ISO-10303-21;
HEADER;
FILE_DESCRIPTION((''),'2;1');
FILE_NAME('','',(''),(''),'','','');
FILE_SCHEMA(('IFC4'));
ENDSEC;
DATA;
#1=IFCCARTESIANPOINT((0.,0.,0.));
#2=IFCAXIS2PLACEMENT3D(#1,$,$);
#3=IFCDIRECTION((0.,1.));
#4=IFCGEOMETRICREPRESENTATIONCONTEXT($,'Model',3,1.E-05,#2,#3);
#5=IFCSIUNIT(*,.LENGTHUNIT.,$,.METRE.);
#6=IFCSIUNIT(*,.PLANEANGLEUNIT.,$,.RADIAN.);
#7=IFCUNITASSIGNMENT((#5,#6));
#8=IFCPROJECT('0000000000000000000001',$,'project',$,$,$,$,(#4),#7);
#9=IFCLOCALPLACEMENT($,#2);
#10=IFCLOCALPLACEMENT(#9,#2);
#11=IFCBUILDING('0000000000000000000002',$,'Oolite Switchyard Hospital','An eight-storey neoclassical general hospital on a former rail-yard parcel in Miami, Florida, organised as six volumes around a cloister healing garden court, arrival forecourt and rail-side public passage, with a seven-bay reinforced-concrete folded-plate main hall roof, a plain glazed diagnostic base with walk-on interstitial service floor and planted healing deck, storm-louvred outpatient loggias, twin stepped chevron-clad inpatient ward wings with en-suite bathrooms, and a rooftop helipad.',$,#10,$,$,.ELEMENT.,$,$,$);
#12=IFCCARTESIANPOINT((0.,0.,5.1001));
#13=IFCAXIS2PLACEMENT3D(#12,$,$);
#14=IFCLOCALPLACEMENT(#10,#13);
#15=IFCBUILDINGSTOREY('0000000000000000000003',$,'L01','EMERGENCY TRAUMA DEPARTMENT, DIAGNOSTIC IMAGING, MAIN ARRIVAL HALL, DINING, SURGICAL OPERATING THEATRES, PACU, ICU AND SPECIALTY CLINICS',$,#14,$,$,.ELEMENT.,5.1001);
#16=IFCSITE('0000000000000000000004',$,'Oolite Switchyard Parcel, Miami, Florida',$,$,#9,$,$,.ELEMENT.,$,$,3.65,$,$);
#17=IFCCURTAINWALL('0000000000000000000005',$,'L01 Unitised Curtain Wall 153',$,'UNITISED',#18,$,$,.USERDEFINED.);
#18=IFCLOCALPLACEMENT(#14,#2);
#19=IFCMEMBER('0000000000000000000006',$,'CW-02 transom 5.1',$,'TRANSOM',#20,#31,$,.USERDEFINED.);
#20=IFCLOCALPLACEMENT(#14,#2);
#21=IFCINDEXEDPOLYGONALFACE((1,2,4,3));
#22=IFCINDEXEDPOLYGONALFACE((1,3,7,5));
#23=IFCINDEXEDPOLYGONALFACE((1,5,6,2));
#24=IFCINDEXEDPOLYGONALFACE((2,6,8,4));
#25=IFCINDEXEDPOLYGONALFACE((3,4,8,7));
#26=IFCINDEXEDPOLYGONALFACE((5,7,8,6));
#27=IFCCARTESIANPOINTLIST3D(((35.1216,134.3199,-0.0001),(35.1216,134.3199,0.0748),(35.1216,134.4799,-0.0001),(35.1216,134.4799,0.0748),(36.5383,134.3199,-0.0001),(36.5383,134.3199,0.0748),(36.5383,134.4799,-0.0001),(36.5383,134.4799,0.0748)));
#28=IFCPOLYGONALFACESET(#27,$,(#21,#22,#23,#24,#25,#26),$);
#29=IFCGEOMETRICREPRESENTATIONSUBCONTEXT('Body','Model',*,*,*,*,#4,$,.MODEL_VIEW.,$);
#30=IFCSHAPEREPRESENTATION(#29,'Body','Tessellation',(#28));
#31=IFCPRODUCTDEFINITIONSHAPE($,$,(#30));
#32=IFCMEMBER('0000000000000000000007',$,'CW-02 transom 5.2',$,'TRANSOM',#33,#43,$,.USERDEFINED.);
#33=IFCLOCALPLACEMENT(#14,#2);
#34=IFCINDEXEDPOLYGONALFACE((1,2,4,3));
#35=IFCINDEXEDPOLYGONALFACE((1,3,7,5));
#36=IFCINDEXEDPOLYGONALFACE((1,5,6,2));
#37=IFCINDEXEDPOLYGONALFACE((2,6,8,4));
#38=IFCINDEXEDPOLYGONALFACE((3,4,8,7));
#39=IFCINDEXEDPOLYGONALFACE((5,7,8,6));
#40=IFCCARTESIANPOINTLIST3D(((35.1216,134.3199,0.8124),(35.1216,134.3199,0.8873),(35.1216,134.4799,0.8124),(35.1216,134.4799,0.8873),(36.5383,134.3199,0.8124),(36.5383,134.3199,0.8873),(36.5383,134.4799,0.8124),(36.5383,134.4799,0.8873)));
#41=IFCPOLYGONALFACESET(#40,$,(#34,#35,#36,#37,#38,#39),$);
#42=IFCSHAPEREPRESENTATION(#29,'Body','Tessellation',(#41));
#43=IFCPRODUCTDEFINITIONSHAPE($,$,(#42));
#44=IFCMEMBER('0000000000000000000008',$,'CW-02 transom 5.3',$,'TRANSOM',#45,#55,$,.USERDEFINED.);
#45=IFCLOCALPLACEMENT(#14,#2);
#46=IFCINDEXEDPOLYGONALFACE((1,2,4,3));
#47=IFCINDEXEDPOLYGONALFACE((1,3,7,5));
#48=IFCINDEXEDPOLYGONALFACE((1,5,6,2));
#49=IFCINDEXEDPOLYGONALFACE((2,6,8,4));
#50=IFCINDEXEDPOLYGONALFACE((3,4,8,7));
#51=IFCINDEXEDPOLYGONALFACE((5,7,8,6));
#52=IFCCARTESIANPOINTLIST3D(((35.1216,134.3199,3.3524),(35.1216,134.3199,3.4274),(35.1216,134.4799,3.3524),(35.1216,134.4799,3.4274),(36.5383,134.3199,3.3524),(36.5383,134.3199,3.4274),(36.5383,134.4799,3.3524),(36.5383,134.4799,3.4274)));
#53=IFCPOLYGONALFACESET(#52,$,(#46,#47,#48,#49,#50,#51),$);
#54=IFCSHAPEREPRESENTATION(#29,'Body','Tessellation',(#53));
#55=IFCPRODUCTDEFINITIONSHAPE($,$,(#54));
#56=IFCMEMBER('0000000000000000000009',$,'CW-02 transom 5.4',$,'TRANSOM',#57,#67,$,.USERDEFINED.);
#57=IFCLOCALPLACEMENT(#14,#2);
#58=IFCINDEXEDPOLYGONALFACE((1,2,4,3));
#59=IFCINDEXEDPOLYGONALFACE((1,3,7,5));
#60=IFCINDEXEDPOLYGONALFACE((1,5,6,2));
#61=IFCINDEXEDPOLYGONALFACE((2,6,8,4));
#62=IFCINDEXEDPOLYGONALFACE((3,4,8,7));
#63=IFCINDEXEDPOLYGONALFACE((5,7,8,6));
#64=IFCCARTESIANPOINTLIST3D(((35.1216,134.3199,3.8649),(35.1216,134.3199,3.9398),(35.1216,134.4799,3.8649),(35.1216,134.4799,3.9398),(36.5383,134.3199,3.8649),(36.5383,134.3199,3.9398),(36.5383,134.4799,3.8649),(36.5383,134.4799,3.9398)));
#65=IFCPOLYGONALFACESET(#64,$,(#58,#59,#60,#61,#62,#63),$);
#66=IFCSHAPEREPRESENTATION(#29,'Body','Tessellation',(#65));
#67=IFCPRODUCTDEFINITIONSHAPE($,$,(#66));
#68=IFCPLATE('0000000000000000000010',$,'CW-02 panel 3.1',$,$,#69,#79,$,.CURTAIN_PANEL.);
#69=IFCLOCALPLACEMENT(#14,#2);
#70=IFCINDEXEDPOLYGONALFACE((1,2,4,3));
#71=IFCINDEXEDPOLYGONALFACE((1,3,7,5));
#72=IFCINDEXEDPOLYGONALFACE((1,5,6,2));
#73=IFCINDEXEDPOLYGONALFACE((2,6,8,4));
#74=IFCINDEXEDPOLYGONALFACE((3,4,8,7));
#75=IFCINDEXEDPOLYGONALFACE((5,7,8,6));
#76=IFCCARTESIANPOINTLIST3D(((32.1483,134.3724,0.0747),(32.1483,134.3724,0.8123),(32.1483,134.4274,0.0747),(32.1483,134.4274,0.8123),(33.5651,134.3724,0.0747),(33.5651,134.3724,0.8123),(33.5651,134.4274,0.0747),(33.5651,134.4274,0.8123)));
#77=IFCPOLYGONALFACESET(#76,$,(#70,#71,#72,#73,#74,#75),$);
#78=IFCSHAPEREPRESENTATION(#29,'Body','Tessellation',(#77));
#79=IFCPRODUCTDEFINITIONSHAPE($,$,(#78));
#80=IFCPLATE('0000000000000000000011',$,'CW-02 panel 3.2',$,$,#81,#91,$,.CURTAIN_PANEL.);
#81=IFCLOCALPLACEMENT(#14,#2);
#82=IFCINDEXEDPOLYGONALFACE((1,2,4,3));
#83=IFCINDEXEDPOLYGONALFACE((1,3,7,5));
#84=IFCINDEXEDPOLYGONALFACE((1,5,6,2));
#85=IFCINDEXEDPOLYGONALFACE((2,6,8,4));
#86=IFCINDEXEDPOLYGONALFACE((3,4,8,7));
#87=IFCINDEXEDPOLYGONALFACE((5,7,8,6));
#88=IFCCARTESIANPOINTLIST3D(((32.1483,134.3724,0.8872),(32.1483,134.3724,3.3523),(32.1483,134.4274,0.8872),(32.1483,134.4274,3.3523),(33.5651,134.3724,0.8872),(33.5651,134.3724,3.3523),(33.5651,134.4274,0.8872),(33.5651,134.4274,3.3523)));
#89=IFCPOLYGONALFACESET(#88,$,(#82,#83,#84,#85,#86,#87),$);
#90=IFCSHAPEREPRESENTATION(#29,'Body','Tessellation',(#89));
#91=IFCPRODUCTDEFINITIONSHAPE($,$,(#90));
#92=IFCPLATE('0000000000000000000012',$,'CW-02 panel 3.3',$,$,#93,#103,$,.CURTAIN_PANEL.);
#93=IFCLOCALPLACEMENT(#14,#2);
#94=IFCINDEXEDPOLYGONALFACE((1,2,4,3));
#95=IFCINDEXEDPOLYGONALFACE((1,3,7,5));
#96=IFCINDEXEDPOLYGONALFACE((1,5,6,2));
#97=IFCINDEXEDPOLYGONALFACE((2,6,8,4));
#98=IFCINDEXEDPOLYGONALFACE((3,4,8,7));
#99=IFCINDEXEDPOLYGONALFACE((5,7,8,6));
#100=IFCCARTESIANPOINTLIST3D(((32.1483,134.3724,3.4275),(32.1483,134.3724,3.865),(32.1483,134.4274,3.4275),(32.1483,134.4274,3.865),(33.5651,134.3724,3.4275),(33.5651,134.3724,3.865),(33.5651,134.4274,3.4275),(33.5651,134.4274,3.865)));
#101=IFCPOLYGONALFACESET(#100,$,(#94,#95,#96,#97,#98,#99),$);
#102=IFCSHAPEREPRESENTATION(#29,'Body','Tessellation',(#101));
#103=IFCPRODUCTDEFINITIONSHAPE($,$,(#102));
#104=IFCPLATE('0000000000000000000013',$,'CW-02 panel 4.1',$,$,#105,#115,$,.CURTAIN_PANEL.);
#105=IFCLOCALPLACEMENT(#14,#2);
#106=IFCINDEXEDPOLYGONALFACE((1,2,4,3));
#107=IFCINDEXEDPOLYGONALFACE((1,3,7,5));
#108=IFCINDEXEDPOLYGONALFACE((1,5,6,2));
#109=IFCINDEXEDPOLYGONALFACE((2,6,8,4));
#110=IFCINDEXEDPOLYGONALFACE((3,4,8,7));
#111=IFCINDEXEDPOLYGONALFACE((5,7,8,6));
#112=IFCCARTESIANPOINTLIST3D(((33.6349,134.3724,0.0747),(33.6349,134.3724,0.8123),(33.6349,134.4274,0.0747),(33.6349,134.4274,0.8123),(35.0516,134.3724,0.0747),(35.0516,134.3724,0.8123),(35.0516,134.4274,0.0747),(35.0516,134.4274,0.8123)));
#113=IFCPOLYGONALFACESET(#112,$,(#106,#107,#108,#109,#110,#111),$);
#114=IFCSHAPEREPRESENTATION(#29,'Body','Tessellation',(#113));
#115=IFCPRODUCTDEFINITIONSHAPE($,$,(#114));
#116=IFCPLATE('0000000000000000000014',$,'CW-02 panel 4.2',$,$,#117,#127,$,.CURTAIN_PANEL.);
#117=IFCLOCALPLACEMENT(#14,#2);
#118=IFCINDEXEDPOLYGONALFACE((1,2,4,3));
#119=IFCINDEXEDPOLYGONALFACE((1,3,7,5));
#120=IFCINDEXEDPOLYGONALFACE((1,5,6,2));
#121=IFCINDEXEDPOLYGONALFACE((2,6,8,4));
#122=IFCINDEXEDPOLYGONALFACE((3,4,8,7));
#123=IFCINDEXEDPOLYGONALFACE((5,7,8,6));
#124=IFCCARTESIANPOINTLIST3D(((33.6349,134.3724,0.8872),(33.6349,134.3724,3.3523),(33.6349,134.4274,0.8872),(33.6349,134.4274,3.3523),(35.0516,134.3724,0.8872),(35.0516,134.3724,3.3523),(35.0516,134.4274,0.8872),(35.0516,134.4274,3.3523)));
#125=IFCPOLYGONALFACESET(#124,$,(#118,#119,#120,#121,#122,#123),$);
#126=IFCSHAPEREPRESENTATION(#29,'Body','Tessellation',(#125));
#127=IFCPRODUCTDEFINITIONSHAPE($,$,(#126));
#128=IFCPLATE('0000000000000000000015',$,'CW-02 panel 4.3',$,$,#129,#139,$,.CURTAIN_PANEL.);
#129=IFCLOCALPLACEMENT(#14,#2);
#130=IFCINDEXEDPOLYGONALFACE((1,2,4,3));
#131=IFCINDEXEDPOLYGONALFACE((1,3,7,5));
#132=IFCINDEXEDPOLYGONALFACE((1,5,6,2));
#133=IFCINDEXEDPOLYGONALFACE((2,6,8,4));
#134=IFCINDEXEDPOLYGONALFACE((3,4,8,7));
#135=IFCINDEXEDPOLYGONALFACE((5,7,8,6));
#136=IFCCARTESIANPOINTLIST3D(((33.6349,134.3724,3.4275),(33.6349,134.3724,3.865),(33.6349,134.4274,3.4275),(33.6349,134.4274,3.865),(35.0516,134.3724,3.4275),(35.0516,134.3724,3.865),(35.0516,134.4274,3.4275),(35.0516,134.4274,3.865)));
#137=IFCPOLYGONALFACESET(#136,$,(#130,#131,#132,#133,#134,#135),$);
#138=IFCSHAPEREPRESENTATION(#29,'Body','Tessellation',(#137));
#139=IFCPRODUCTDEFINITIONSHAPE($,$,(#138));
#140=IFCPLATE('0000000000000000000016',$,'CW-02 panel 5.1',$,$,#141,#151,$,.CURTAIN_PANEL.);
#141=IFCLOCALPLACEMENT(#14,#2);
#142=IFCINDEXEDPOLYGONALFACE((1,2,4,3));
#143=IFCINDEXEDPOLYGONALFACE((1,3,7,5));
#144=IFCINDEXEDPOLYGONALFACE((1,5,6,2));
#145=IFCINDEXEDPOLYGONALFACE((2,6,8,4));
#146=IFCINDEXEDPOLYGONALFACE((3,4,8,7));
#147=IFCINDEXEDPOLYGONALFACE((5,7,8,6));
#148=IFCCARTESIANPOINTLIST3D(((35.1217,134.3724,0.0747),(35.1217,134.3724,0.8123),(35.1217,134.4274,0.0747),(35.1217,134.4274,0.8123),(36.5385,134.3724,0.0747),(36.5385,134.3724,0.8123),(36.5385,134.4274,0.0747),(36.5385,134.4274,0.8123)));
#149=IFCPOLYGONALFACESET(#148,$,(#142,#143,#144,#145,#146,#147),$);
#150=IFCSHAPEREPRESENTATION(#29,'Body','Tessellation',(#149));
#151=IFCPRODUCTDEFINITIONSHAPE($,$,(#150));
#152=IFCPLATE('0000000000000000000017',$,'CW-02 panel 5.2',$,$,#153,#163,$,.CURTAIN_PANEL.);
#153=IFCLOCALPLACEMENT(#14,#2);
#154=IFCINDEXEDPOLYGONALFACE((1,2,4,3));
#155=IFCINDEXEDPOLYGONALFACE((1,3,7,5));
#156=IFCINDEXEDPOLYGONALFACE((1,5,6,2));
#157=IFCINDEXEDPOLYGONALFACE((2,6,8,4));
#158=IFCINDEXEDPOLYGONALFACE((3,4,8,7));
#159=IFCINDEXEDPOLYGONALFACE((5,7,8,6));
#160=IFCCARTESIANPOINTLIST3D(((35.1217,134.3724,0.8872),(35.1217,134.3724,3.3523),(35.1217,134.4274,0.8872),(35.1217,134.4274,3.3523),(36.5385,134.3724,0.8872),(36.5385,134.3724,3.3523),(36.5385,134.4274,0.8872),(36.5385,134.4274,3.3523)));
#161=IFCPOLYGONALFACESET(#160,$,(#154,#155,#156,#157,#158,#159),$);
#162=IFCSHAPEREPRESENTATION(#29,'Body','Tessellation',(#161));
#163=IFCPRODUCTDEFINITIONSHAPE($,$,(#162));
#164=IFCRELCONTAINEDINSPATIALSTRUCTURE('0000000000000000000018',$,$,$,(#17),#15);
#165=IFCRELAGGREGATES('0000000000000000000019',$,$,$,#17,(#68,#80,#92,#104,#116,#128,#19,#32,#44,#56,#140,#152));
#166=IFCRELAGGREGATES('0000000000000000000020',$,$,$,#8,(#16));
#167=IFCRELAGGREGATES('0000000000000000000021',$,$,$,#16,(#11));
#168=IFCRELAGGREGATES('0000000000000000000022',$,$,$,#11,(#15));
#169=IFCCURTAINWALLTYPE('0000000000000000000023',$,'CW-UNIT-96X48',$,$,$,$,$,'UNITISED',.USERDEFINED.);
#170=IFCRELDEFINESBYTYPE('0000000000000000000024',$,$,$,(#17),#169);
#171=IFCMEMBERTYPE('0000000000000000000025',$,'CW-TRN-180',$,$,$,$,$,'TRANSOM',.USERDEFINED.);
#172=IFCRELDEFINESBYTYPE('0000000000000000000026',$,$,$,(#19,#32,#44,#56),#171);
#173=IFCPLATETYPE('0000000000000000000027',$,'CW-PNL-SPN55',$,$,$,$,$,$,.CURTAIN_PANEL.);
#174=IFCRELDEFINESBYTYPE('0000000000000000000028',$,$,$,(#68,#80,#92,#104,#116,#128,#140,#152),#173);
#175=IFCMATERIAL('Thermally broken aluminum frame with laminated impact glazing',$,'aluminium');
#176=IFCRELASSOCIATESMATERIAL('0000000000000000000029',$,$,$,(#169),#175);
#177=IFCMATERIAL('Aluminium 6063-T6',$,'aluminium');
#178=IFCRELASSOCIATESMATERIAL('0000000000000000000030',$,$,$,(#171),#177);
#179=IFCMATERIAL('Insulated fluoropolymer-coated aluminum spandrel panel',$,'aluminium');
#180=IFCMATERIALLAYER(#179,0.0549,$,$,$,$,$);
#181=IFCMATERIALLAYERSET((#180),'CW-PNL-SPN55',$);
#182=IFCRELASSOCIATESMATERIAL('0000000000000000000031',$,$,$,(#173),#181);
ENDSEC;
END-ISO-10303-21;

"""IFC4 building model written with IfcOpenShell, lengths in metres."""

from ifc_helpers import new_model, si_unit, direction, frame, origin, origin_2d, place, context, subcontext, project, spatial, rectangle, extrude, material, layer, layer_set, material_profile, profile_set, type_object, element, aggregate, save


model = new_model("IFC4")

# Units and contexts
model_context = context("Model", 3, precision=1e-05, world=origin(), true_north=direction((0.0, 1.0)))
body_context = subcontext(model_context, "Body", "Model", "MODEL_VIEW")
ifc_project = project(units=[si_unit("LENGTHUNIT", "METRE"), si_unit("PLANEANGLEUNIT", "RADIAN")], contexts=[model_context])

# Site, building, storey
site_placement = place(None, origin())
site = spatial("IfcSite", under=ifc_project, at=site_placement, Name="Oolite Switchyard Parcel, Miami, Florida", CompositionType="ELEMENT", RefElevation=3.65)
building_placement = place(site_placement, origin())
building = spatial("IfcBuilding", under=site, at=building_placement, Name="Oolite Switchyard Hospital", Description="An eight-storey neoclassical general hospital on a former rail-yard parcel in Miami, Florida, organised as six volumes around a cloister healing garden court, arrival forecourt and rail-side public passage, with a seven-bay reinforced-concrete folded-plate main hall roof, a plain glazed diagnostic base with walk-on interstitial service floor and planted healing deck, storm-louvred outpatient loggias, twin stepped chevron-clad inpatient ward wings with en-suite bathrooms, and a rooftop helipad.", CompositionType="ELEMENT")
storey_placement = place(building_placement, frame((0.0, 0.0, 5.1001)))
storey = spatial("IfcBuildingStorey", under=building, at=storey_placement, Name="L01", Description="EMERGENCY TRAUMA DEPARTMENT, DIAGNOSTIC IMAGING, MAIN ARRIVAL HALL, DINING, SURGICAL OPERATING THEATRES, PACU, ICU AND SPECIALTY CLINICS", CompositionType="ELEMENT", Elevation=5.1001)

# Curtain wall, members, plates
ifc_material_1 = material(Name="Thermally broken aluminum frame with laminated impact glazing", Category="aluminium")
curtain_wall_type = type_object("IfcCurtainWallType", Name="CW-UNIT-96X48", ElementType="UNITISED", PredefinedType="USERDEFINED", material=ifc_material_1)
curtain_wall_placement = place(storey_placement, origin())
curtain_wall = element("IfcCurtainWall", 1, at=curtain_wall_placement, inside=storey, type_object=curtain_wall_type, Name="L01 Unitised Curtain Wall 153", ObjectType="UNITISED", PredefinedType="USERDEFINED")
ifc_material_2 = material(Name="Aluminium 6063-T6", Category="aluminium")
ifc_material_profile_1 = material_profile(ifc_material_2, rectangle(XDim=0.1599, YDim=0.075, at=origin_2d()), Name="CWT75X160")
ifc_profile_set_1 = profile_set([ifc_material_profile_1], Name="Aluminium 6063-T6")
member_type_1 = type_object("IfcMemberType", Name="CW-TRN-180", ElementType="TRANSOM", PredefinedType="USERDEFINED", material=ifc_profile_set_1)
member_1_placement = place(storey_placement, frame((35.1216, 134.3999, 0.0374), z_axis=(1.0, 0.0, 0.0), x_axis=(0.0, 1.0, 0.0)))
member_1 = element("IfcMember", 2, at=member_1_placement, type_object=member_type_1, Name="CW-02 transom 5.1", ObjectType="TRANSOM", PredefinedType="USERDEFINED", context=body_context, shape_type="SweptSolid", body=[
    extrude(rectangle(XDim=0.1599, YDim=0.075, at=origin_2d()), origin(), (0.0, 0.0, 1.0), 1.4167),
])
member_2_placement = place(storey_placement, frame((35.1216, 134.3999, 0.8499), z_axis=(1.0, 0.0, 0.0), x_axis=(0.0, 1.0, 0.0)))
member_2 = element("IfcMember", 3, at=member_2_placement, type_object=member_type_1, Name="CW-02 transom 5.2", ObjectType="TRANSOM", PredefinedType="USERDEFINED", context=body_context, shape_type="SweptSolid", body=[
    extrude(rectangle(XDim=0.1599, YDim=0.075, at=origin_2d()), origin(), (0.0, 0.0, 1.0), 1.4167),
])
member_3_placement = place(storey_placement, frame((35.1216, 134.3999, 3.3899), z_axis=(1.0, 0.0, 0.0), x_axis=(0.0, 1.0, 0.0)))
member_3 = element("IfcMember", 4, at=member_3_placement, type_object=member_type_1, Name="CW-02 transom 5.3", ObjectType="TRANSOM", PredefinedType="USERDEFINED", context=body_context, shape_type="SweptSolid", body=[
    extrude(rectangle(XDim=0.1599, YDim=0.075, at=origin_2d()), origin(), (0.0, 0.0, 1.0), 1.4167),
])
member_4_placement = place(storey_placement, frame((35.1216, 134.3999, 3.9023), z_axis=(1.0, 0.0, 0.0), x_axis=(0.0, 1.0, 0.0)))
member_4 = element("IfcMember", 5, at=member_4_placement, type_object=member_type_1, Name="CW-02 transom 5.4", ObjectType="TRANSOM", PredefinedType="USERDEFINED", context=body_context, shape_type="SweptSolid", body=[
    extrude(rectangle(XDim=0.1599, YDim=0.075, at=origin_2d()), origin(), (0.0, 0.0, 1.0), 1.4167),
])
ifc_material_3 = material(Name="Insulated fluoropolymer-coated aluminum spandrel panel", Category="aluminium")
ifc_layer = layer(ifc_material_3, 0.0549)
ifc_layer_set = layer_set([ifc_layer], Name="CW-PNL-SPN55")
plate_type = type_object("IfcPlateType", Name="CW-PNL-SPN55", PredefinedType="CURTAIN_PANEL", material=ifc_layer_set)
plate_1_placement = place(storey_placement, frame((32.8567, 134.3999, 0.0747), z_axis=(0.0, 0.0, 1.0), x_axis=(1.0, 0.0, 0.0)))
plate_1 = element("IfcPlate", 6, at=plate_1_placement, type_object=plate_type, Name="CW-02 panel 3.1", PredefinedType="CURTAIN_PANEL", context=body_context, shape_type="SweptSolid", body=[
    extrude(rectangle(XDim=1.4167, YDim=0.0549, at=origin_2d()), origin(), (0.0, 0.0, 1.0), 0.7375),
])
plate_2_placement = place(storey_placement, frame((32.8567, 134.3999, 0.8872), z_axis=(0.0, 0.0, 1.0), x_axis=(1.0, 0.0, 0.0)))
plate_2 = element("IfcPlate", 7, at=plate_2_placement, type_object=plate_type, Name="CW-02 panel 3.2", PredefinedType="CURTAIN_PANEL", context=body_context, shape_type="SweptSolid", body=[
    extrude(rectangle(XDim=1.4167, YDim=0.0549, at=origin_2d()), origin(), (0.0, 0.0, 1.0), 2.4651),
])
plate_3_placement = place(storey_placement, frame((32.8567, 134.3999, 3.4275), z_axis=(0.0, 0.0, 1.0), x_axis=(1.0, 0.0, 0.0)))
plate_3 = element("IfcPlate", 8, at=plate_3_placement, type_object=plate_type, Name="CW-02 panel 3.3", PredefinedType="CURTAIN_PANEL", context=body_context, shape_type="SweptSolid", body=[
    extrude(rectangle(XDim=1.4167, YDim=0.0549, at=origin_2d()), origin(), (0.0, 0.0, 1.0), 0.4375),
])
plate_4_placement = place(storey_placement, frame((34.3433, 134.3999, 0.0747), z_axis=(0.0, 0.0, 1.0), x_axis=(1.0, 0.0, 0.0)))
plate_4 = element("IfcPlate", 9, at=plate_4_placement, type_object=plate_type, Name="CW-02 panel 4.1", PredefinedType="CURTAIN_PANEL", context=body_context, shape_type="SweptSolid", body=[
    extrude(rectangle(XDim=1.4167, YDim=0.0549, at=origin_2d()), origin(), (0.0, 0.0, 1.0), 0.7375),
])
plate_5_placement = place(storey_placement, frame((34.3433, 134.3999, 0.8872), z_axis=(0.0, 0.0, 1.0), x_axis=(1.0, 0.0, 0.0)))
plate_5 = element("IfcPlate", 10, at=plate_5_placement, type_object=plate_type, Name="CW-02 panel 4.2", PredefinedType="CURTAIN_PANEL", context=body_context, shape_type="SweptSolid", body=[
    extrude(rectangle(XDim=1.4167, YDim=0.0549, at=origin_2d()), origin(), (0.0, 0.0, 1.0), 2.4651),
])
plate_6_placement = place(storey_placement, frame((34.3433, 134.3999, 3.4275), z_axis=(0.0, 0.0, 1.0), x_axis=(1.0, 0.0, 0.0)))
plate_6 = element("IfcPlate", 11, at=plate_6_placement, type_object=plate_type, Name="CW-02 panel 4.3", PredefinedType="CURTAIN_PANEL", context=body_context, shape_type="SweptSolid", body=[
    extrude(rectangle(XDim=1.4167, YDim=0.0549, at=origin_2d()), origin(), (0.0, 0.0, 1.0), 0.4375),
])
plate_7_placement = place(storey_placement, frame((35.8301, 134.3999, 0.0747), z_axis=(0.0, 0.0, 1.0), x_axis=(1.0, 0.0, 0.0)))
plate_7 = element("IfcPlate", 12, at=plate_7_placement, type_object=plate_type, Name="CW-02 panel 5.1", PredefinedType="CURTAIN_PANEL", context=body_context, shape_type="SweptSolid", body=[
    extrude(rectangle(XDim=1.4167, YDim=0.0549, at=origin_2d()), origin(), (0.0, 0.0, 1.0), 0.7375),
])
plate_8_placement = place(storey_placement, frame((35.8301, 134.3999, 0.8872), z_axis=(0.0, 0.0, 1.0), x_axis=(1.0, 0.0, 0.0)))
plate_8 = element("IfcPlate", 13, at=plate_8_placement, type_object=plate_type, Name="CW-02 panel 5.2", PredefinedType="CURTAIN_PANEL", context=body_context, shape_type="SweptSolid", body=[
    extrude(rectangle(XDim=1.4167, YDim=0.0549, at=origin_2d()), origin(), (0.0, 0.0, 1.0), 2.4651),
])
aggregate(curtain_wall, [plate_1, plate_2, plate_3, plate_4, plate_5, plate_6, member_1, member_2, member_3, member_4, plate_7, plate_8])

save(model, "model.ifc")
